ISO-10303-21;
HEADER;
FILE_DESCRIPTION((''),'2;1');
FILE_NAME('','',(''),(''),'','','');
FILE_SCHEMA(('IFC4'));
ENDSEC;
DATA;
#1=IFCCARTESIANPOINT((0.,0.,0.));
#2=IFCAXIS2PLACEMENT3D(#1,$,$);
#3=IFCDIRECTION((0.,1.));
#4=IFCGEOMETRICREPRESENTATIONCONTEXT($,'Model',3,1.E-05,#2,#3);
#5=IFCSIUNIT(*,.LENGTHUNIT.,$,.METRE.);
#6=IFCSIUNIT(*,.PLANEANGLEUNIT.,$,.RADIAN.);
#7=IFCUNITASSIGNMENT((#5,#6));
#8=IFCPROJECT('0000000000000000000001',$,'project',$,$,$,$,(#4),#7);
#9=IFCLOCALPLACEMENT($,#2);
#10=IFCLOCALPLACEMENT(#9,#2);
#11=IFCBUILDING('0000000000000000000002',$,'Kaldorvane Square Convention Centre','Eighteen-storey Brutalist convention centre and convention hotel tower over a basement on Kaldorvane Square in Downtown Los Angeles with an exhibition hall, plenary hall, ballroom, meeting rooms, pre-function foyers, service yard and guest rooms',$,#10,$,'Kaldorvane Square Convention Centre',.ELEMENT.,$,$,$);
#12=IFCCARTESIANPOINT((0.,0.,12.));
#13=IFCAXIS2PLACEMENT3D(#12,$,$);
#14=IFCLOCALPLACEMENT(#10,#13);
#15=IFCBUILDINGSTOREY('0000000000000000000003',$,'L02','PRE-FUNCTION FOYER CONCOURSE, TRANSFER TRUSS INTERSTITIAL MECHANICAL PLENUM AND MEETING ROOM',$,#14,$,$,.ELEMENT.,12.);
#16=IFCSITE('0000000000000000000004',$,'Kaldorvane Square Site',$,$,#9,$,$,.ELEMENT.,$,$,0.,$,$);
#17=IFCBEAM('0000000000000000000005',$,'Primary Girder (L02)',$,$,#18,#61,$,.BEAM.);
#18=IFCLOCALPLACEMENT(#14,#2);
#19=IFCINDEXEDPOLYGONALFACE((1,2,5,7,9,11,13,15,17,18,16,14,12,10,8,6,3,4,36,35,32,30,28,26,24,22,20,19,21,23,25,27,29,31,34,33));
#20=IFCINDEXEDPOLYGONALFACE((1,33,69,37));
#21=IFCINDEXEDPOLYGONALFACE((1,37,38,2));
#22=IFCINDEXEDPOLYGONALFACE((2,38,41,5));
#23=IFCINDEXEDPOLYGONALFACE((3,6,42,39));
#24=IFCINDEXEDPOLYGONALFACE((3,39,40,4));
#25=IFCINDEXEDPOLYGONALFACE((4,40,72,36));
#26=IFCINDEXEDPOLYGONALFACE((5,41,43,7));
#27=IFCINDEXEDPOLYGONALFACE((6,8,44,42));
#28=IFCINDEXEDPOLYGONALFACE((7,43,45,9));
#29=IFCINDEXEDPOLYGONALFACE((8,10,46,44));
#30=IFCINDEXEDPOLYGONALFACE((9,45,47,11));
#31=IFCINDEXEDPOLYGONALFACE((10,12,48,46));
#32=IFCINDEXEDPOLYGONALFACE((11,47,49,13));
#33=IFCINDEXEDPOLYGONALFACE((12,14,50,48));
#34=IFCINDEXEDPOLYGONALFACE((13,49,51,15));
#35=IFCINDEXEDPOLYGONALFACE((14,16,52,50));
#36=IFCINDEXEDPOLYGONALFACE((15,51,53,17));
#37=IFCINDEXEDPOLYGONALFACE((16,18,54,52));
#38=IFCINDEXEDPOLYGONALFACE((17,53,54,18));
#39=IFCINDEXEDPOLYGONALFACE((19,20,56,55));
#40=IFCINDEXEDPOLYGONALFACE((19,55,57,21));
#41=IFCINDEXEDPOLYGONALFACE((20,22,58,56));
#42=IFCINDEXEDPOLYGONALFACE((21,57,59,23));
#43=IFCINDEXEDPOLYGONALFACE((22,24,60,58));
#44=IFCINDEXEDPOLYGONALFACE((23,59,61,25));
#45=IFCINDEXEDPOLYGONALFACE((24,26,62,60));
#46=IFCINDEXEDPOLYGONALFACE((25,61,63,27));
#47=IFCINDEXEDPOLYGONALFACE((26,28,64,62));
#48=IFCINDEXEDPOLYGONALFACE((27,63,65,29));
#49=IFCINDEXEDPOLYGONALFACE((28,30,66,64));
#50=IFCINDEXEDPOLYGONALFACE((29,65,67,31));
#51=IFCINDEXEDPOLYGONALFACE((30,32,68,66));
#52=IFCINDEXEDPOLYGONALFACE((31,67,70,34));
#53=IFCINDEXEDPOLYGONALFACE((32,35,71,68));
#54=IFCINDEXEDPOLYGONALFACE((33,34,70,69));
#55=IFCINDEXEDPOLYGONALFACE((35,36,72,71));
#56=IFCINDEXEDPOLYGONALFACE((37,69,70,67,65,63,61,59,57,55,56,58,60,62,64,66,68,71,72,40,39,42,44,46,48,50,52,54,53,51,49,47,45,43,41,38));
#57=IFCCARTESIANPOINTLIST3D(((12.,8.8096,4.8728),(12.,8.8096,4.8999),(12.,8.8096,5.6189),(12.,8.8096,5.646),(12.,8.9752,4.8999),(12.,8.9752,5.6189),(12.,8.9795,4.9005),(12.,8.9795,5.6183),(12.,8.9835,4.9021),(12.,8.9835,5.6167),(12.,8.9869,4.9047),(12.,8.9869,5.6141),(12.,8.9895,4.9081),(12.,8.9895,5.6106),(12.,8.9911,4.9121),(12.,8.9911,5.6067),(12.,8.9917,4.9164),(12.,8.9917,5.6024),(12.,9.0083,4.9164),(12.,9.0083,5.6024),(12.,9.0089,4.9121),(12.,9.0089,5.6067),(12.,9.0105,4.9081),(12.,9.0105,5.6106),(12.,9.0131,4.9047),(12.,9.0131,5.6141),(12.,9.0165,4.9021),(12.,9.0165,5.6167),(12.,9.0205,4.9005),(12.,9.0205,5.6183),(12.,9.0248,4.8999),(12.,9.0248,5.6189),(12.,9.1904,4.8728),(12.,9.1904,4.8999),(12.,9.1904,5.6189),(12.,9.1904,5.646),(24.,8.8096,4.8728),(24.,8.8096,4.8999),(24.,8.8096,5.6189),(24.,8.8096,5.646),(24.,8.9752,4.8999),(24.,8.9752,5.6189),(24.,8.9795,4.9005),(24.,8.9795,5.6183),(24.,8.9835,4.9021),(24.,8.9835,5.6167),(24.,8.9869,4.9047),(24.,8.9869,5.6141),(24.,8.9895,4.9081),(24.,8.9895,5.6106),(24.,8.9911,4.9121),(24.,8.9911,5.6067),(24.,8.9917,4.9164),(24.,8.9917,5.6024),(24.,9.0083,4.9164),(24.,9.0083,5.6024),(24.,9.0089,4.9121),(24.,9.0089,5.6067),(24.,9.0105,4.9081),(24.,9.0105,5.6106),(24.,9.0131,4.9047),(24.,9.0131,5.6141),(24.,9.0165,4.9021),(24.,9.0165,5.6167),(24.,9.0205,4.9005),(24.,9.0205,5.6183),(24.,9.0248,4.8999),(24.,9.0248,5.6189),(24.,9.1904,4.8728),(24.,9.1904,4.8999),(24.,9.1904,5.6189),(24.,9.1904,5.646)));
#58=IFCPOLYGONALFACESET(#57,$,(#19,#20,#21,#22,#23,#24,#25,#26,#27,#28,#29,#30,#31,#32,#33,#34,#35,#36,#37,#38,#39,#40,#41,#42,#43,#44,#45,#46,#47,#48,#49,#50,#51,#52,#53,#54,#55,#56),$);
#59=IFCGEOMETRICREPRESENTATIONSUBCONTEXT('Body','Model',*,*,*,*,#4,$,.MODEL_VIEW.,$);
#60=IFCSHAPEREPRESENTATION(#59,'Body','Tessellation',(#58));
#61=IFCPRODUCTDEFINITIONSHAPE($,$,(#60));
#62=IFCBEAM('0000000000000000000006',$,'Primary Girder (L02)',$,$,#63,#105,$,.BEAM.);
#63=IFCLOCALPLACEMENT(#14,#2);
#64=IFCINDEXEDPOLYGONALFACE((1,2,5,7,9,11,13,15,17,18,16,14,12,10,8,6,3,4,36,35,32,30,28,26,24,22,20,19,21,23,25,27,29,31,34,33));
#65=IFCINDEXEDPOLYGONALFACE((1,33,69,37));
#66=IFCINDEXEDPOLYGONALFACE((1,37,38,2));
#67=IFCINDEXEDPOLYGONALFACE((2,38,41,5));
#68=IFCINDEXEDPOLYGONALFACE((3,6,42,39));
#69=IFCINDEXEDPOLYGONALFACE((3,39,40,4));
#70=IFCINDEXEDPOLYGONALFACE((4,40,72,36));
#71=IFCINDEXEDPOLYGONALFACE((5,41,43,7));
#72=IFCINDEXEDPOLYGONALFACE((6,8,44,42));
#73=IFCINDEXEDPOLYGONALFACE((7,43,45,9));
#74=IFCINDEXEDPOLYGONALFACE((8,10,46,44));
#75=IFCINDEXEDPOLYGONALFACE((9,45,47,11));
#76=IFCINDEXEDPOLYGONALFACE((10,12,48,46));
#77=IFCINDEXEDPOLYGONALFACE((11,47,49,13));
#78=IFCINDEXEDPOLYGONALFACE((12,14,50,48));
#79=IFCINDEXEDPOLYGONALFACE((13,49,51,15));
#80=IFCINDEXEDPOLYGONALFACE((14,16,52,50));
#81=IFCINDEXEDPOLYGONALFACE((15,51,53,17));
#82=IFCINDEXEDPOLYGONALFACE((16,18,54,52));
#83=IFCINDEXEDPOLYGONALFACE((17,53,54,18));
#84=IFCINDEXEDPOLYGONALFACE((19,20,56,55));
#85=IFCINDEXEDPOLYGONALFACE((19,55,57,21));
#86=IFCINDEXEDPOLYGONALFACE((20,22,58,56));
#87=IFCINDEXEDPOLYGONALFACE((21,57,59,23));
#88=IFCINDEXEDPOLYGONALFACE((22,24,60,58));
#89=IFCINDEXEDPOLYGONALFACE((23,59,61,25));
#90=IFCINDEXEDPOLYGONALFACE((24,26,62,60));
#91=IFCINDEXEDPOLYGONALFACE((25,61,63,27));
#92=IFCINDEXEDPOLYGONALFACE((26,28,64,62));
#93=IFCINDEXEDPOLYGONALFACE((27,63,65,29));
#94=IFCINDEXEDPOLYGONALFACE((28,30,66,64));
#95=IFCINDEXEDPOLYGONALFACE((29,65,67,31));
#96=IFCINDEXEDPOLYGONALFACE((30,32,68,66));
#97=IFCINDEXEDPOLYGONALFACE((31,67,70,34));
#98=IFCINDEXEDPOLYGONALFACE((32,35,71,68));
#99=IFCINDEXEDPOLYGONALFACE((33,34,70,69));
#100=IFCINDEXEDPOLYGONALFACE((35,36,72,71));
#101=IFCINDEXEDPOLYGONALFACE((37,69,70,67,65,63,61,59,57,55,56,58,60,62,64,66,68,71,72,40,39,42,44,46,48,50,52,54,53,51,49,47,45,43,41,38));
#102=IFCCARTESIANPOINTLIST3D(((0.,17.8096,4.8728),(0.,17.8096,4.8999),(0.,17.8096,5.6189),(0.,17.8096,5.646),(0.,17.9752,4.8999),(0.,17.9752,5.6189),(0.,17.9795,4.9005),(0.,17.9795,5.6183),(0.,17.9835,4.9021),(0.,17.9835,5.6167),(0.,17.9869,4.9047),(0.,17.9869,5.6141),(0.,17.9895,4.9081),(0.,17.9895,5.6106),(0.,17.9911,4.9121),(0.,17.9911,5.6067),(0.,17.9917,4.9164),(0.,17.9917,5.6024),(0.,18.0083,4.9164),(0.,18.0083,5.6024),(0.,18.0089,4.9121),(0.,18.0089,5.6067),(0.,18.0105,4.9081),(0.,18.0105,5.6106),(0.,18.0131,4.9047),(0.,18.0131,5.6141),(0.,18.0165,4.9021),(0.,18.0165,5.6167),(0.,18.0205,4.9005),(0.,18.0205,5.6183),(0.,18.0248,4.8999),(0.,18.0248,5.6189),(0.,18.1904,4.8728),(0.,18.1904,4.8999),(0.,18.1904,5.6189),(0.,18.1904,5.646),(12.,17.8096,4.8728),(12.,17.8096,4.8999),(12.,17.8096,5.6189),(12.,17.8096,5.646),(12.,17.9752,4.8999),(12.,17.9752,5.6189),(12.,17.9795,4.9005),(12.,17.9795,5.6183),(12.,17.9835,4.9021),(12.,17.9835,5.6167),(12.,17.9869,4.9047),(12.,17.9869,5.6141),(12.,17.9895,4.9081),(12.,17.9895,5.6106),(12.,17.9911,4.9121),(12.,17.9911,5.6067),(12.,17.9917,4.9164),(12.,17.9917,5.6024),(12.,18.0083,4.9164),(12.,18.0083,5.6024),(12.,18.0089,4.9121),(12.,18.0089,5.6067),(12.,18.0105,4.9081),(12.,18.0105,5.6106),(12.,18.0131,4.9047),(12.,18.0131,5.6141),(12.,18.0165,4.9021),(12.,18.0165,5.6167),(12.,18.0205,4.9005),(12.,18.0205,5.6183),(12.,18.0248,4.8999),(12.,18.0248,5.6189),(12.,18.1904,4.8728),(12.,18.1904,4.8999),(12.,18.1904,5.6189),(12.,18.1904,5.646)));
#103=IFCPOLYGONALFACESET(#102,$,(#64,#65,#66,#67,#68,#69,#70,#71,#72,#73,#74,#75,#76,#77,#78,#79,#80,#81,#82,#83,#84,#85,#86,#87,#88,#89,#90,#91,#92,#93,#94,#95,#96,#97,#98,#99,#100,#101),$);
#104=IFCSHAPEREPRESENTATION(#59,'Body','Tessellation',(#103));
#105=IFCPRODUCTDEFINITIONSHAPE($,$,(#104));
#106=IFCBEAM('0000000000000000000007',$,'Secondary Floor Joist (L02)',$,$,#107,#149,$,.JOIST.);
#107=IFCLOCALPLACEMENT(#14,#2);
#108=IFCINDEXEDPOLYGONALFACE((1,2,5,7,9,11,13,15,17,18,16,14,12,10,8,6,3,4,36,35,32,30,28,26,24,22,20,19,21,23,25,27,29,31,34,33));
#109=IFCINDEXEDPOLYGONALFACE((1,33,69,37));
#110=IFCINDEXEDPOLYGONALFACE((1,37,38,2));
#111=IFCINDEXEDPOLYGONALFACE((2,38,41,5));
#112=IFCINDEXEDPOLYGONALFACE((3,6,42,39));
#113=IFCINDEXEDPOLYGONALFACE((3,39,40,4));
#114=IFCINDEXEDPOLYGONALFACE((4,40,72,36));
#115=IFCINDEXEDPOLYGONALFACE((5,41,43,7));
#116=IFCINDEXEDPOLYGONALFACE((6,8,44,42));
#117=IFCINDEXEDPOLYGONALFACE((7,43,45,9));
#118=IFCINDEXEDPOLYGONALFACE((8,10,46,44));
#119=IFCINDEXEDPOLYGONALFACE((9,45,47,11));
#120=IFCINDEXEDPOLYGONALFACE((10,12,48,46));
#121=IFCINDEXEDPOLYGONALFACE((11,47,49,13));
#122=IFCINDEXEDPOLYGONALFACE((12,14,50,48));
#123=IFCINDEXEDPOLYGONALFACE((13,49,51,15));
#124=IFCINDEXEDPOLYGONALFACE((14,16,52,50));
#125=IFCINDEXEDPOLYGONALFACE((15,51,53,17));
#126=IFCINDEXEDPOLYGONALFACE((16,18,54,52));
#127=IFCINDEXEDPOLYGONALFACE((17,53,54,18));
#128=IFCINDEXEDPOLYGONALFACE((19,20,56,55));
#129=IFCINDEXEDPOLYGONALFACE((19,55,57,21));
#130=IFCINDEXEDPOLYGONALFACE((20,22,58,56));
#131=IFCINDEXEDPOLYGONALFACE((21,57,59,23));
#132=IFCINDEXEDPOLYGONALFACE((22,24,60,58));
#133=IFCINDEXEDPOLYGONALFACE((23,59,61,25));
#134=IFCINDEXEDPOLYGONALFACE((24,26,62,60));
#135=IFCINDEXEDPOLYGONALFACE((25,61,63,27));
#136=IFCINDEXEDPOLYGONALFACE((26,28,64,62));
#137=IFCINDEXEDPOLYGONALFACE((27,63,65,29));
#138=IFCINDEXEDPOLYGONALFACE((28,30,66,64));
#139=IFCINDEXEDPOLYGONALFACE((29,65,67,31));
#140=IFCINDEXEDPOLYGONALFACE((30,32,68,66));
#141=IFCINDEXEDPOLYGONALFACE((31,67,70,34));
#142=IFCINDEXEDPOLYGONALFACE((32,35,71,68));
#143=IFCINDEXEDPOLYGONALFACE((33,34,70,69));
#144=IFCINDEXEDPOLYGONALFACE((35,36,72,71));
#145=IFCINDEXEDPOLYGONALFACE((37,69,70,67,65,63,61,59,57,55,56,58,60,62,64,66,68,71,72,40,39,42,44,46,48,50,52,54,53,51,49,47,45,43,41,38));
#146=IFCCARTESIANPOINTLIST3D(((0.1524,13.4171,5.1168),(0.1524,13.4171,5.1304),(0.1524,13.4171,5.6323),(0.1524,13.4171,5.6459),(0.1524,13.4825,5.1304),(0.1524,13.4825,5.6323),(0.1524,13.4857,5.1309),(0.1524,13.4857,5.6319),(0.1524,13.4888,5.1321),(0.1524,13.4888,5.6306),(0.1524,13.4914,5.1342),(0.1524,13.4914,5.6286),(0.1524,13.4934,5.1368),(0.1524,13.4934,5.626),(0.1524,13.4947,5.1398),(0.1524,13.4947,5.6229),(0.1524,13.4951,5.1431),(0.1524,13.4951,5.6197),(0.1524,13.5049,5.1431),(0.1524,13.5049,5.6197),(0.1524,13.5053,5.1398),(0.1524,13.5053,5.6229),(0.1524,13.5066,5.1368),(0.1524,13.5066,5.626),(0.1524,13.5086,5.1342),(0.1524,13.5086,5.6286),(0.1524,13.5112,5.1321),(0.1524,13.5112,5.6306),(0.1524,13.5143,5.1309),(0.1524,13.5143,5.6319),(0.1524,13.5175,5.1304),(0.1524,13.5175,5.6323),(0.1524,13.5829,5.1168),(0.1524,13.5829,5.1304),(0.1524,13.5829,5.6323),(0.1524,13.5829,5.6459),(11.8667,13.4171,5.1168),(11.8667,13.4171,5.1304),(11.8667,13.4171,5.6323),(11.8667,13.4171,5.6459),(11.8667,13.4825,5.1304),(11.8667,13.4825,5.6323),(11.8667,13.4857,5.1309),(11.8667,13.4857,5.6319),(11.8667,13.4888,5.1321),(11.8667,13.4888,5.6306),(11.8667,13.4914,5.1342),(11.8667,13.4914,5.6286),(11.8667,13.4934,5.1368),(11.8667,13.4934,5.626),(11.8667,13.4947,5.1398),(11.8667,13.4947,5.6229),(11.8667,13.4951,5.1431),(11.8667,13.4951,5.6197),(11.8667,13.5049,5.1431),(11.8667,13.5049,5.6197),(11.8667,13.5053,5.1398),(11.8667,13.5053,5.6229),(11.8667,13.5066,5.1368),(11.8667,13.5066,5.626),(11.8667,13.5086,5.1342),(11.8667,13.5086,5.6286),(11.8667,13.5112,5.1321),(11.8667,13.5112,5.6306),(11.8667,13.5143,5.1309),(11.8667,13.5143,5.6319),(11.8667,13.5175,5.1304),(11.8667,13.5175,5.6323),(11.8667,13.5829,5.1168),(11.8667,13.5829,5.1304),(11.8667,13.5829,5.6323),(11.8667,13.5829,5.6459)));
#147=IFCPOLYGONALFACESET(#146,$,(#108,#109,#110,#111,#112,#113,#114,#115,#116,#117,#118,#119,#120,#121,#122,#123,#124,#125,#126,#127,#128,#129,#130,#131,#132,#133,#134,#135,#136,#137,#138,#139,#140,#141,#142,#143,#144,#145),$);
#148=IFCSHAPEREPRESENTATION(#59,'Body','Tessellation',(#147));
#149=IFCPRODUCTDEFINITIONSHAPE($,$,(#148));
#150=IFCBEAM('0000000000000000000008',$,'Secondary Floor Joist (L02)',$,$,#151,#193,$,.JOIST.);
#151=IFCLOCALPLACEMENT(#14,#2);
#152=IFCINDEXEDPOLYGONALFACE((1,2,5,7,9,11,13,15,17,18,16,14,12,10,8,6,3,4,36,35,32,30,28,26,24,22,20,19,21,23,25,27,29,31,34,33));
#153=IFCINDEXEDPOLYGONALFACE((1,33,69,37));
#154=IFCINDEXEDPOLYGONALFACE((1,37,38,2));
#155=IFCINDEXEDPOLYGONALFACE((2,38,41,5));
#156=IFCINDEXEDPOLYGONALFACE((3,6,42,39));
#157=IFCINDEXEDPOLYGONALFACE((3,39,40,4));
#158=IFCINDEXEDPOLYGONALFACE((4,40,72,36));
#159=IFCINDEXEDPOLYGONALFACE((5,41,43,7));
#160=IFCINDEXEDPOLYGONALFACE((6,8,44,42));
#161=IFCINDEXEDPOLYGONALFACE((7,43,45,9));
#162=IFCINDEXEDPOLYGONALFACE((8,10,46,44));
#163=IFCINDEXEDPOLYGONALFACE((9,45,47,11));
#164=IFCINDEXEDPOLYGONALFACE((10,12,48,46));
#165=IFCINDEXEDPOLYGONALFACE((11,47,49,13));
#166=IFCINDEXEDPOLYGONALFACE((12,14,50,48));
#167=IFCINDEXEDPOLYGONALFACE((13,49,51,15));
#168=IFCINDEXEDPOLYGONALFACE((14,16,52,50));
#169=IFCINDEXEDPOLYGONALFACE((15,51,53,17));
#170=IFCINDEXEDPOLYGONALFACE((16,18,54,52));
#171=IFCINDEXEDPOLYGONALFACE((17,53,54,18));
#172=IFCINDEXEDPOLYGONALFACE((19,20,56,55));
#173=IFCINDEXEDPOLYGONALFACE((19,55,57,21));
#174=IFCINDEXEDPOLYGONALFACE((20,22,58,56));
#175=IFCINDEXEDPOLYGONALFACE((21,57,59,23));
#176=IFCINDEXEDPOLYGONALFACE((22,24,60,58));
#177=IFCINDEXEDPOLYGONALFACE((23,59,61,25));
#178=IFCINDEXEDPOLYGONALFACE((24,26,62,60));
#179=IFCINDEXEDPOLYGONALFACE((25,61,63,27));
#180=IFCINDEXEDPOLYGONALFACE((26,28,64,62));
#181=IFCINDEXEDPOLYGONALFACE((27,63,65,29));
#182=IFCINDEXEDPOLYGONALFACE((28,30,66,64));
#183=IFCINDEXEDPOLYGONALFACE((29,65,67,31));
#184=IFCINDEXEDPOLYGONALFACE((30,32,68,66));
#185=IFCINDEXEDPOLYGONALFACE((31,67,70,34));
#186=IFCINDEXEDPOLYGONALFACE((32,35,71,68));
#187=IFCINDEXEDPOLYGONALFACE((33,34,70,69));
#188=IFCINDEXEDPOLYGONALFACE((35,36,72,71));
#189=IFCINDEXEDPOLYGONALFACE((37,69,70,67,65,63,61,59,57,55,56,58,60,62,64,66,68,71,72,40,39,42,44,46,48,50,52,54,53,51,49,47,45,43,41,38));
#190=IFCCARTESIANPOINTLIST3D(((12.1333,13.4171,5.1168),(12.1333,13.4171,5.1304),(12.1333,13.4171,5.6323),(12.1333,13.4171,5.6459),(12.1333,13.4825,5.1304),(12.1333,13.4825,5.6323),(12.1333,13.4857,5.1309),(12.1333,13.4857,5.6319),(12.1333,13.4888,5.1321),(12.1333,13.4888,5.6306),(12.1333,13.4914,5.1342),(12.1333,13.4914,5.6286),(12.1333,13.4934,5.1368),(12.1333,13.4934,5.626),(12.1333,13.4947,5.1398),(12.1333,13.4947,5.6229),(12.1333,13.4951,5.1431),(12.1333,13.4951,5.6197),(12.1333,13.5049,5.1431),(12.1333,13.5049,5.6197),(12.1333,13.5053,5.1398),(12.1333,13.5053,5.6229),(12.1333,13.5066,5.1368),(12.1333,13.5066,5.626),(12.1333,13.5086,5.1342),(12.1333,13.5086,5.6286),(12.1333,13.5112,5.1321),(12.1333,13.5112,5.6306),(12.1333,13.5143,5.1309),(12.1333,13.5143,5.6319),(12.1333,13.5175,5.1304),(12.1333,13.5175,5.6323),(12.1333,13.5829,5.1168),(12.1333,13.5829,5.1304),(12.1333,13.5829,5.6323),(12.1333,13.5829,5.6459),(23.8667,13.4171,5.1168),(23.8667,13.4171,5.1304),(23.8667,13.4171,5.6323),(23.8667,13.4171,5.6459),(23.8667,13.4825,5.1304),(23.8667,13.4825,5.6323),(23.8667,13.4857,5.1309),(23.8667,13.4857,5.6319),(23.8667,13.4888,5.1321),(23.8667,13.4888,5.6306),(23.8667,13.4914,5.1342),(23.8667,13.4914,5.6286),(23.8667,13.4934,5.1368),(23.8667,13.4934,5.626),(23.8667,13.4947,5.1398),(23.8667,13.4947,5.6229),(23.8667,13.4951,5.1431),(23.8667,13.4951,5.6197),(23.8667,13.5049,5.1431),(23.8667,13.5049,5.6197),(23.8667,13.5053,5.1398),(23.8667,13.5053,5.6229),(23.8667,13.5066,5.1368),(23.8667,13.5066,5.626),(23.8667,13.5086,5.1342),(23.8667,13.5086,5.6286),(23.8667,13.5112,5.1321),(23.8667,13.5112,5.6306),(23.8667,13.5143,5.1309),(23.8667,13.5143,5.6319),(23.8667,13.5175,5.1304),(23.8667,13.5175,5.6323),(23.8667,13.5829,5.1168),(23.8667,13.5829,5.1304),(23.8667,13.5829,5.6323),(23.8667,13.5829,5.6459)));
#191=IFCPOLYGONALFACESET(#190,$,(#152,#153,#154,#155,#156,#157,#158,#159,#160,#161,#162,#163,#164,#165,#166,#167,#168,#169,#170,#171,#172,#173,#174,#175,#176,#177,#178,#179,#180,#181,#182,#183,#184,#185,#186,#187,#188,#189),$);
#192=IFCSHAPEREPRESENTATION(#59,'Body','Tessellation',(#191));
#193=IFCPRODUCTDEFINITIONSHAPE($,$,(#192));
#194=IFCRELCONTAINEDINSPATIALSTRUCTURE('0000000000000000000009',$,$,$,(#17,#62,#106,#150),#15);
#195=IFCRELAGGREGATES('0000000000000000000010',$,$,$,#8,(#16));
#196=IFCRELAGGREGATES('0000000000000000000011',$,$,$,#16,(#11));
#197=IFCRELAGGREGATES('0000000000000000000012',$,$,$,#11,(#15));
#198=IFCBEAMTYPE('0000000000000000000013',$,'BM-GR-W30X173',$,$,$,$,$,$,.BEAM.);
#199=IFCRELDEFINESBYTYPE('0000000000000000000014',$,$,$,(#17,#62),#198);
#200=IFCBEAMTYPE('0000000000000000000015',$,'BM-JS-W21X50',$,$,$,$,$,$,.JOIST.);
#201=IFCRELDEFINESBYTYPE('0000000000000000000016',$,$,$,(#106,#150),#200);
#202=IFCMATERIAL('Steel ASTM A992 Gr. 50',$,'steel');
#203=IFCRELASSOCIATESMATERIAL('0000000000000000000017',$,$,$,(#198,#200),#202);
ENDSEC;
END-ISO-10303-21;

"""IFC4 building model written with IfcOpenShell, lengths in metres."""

from ifc_helpers import new_model, si_unit, direction, frame, origin, origin_2d, place, context, subcontext, project, spatial, i_section, extrude, material, material_profile, profile_set, type_object, element, save


model = new_model("IFC4")

# Units and contexts
model_context = context("Model", 3, precision=1e-05, world=origin(), true_north=direction((0.0, 1.0)))
body_context = subcontext(model_context, "Body", "Model", "MODEL_VIEW")
ifc_project = project(units=[si_unit("LENGTHUNIT", "METRE"), si_unit("PLANEANGLEUNIT", "RADIAN")], contexts=[model_context])

# Site, building, storey
site_placement = place(None, origin())
site = spatial("IfcSite", under=ifc_project, at=site_placement, Name="Kaldorvane Square Site", CompositionType="ELEMENT", RefElevation=0.0)
building_placement = place(site_placement, origin())
building = spatial("IfcBuilding", under=site, at=building_placement, Name="Kaldorvane Square Convention Centre", Description="Eighteen-storey Brutalist convention centre and convention hotel tower over a basement on Kaldorvane Square in Downtown Los Angeles with an exhibition hall, plenary hall, ballroom, meeting rooms, pre-function foyers, service yard and guest rooms", LongName="Kaldorvane Square Convention Centre", CompositionType="ELEMENT")
storey_placement = place(building_placement, frame((0.0, 0.0, 12.0)))
storey = spatial("IfcBuildingStorey", under=building, at=storey_placement, Name="L02", Description="PRE-FUNCTION FOYER CONCOURSE, TRANSFER TRUSS INTERSTITIAL MECHANICAL PLENUM AND MEETING ROOM", CompositionType="ELEMENT", Elevation=12.0)

# Shared definitions
ifc_material_1 = material(Name="Steel ASTM A992 Gr. 50", Category="steel")

# Beams
ifc_material_profile_1 = material_profile(ifc_material_1, i_section(OverallWidth=0.3807, OverallDepth=0.7732, WebThickness=0.0166, FlangeThickness=0.0271, FilletRadius=0.0165, at=origin_2d()), Name="W30X173")
ifc_profile_set_1 = profile_set([ifc_material_profile_1], Name="Steel ASTM A992 Gr. 50")
beam_type_1 = type_object("IfcBeamType", Name="BM-GR-W30X173", PredefinedType="BEAM", material=ifc_profile_set_1)
for number, where, z_axis, x_axis, name in (
    (1, (12.0, 9.0, 5.2594), (1.0, 0.0, 0.0), (0.0, 1.0, 0.0), "Primary Girder (L02)"),
    (2, (0.0, 18.0, 5.2594), (1.0, 0.0, 0.0), (0.0, 1.0, 0.0), "Primary Girder (L02)"),
):
    element("IfcBeam", number, at=place(storey_placement, frame(where, z_axis=z_axis, x_axis=x_axis)), inside=storey, type_object=beam_type_1, Name=name, PredefinedType="BEAM", context=body_context, shape_type="SweptSolid", body=[
        extrude(i_section(OverallWidth=0.3807, OverallDepth=0.7732, WebThickness=0.0166, FlangeThickness=0.0271, FilletRadius=0.0165, at=origin_2d()), origin(), (0.0, 0.0, 1.0), 12.0),
    ])
ifc_material_profile_2 = material_profile(ifc_material_1, i_section(OverallWidth=0.1659, OverallDepth=0.5291, WebThickness=0.0097, FlangeThickness=0.0136, FilletRadius=0.0127, at=origin_2d()), Name="W21X50")
ifc_profile_set_2 = profile_set([ifc_material_profile_2], Name="Steel ASTM A992 Gr. 50")
beam_type_2 = type_object("IfcBeamType", Name="BM-JS-W21X50", PredefinedType="JOIST", material=ifc_profile_set_2)
beam_1_placement = place(storey_placement, frame((0.1524, 13.5, 5.3814), z_axis=(1.0, 0.0, 0.0), x_axis=(0.0, 1.0, 0.0)))
element("IfcBeam", 3, at=beam_1_placement, inside=storey, type_object=beam_type_2, Name="Secondary Floor Joist (L02)", PredefinedType="JOIST", context=body_context, shape_type="SweptSolid", body=[
    extrude(i_section(OverallWidth=0.1659, OverallDepth=0.5291, WebThickness=0.0097, FlangeThickness=0.0136, FilletRadius=0.0127, at=origin_2d()), origin(), (0.0, 0.0, 1.0), 11.7143),
])
beam_2_placement = place(storey_placement, frame((12.1333, 13.5, 5.3814), z_axis=(1.0, 0.0, 0.0), x_axis=(0.0, 1.0, 0.0)))
element("IfcBeam", 4, at=beam_2_placement, inside=storey, type_object=beam_type_2, Name="Secondary Floor Joist (L02)", PredefinedType="JOIST", context=body_context, shape_type="SweptSolid", body=[
    extrude(i_section(OverallWidth=0.1659, OverallDepth=0.5291, WebThickness=0.0097, FlangeThickness=0.0136, FilletRadius=0.0127, at=origin_2d()), origin(), (0.0, 0.0, 1.0), 11.7334),
])

save(model, "model.ifc")
